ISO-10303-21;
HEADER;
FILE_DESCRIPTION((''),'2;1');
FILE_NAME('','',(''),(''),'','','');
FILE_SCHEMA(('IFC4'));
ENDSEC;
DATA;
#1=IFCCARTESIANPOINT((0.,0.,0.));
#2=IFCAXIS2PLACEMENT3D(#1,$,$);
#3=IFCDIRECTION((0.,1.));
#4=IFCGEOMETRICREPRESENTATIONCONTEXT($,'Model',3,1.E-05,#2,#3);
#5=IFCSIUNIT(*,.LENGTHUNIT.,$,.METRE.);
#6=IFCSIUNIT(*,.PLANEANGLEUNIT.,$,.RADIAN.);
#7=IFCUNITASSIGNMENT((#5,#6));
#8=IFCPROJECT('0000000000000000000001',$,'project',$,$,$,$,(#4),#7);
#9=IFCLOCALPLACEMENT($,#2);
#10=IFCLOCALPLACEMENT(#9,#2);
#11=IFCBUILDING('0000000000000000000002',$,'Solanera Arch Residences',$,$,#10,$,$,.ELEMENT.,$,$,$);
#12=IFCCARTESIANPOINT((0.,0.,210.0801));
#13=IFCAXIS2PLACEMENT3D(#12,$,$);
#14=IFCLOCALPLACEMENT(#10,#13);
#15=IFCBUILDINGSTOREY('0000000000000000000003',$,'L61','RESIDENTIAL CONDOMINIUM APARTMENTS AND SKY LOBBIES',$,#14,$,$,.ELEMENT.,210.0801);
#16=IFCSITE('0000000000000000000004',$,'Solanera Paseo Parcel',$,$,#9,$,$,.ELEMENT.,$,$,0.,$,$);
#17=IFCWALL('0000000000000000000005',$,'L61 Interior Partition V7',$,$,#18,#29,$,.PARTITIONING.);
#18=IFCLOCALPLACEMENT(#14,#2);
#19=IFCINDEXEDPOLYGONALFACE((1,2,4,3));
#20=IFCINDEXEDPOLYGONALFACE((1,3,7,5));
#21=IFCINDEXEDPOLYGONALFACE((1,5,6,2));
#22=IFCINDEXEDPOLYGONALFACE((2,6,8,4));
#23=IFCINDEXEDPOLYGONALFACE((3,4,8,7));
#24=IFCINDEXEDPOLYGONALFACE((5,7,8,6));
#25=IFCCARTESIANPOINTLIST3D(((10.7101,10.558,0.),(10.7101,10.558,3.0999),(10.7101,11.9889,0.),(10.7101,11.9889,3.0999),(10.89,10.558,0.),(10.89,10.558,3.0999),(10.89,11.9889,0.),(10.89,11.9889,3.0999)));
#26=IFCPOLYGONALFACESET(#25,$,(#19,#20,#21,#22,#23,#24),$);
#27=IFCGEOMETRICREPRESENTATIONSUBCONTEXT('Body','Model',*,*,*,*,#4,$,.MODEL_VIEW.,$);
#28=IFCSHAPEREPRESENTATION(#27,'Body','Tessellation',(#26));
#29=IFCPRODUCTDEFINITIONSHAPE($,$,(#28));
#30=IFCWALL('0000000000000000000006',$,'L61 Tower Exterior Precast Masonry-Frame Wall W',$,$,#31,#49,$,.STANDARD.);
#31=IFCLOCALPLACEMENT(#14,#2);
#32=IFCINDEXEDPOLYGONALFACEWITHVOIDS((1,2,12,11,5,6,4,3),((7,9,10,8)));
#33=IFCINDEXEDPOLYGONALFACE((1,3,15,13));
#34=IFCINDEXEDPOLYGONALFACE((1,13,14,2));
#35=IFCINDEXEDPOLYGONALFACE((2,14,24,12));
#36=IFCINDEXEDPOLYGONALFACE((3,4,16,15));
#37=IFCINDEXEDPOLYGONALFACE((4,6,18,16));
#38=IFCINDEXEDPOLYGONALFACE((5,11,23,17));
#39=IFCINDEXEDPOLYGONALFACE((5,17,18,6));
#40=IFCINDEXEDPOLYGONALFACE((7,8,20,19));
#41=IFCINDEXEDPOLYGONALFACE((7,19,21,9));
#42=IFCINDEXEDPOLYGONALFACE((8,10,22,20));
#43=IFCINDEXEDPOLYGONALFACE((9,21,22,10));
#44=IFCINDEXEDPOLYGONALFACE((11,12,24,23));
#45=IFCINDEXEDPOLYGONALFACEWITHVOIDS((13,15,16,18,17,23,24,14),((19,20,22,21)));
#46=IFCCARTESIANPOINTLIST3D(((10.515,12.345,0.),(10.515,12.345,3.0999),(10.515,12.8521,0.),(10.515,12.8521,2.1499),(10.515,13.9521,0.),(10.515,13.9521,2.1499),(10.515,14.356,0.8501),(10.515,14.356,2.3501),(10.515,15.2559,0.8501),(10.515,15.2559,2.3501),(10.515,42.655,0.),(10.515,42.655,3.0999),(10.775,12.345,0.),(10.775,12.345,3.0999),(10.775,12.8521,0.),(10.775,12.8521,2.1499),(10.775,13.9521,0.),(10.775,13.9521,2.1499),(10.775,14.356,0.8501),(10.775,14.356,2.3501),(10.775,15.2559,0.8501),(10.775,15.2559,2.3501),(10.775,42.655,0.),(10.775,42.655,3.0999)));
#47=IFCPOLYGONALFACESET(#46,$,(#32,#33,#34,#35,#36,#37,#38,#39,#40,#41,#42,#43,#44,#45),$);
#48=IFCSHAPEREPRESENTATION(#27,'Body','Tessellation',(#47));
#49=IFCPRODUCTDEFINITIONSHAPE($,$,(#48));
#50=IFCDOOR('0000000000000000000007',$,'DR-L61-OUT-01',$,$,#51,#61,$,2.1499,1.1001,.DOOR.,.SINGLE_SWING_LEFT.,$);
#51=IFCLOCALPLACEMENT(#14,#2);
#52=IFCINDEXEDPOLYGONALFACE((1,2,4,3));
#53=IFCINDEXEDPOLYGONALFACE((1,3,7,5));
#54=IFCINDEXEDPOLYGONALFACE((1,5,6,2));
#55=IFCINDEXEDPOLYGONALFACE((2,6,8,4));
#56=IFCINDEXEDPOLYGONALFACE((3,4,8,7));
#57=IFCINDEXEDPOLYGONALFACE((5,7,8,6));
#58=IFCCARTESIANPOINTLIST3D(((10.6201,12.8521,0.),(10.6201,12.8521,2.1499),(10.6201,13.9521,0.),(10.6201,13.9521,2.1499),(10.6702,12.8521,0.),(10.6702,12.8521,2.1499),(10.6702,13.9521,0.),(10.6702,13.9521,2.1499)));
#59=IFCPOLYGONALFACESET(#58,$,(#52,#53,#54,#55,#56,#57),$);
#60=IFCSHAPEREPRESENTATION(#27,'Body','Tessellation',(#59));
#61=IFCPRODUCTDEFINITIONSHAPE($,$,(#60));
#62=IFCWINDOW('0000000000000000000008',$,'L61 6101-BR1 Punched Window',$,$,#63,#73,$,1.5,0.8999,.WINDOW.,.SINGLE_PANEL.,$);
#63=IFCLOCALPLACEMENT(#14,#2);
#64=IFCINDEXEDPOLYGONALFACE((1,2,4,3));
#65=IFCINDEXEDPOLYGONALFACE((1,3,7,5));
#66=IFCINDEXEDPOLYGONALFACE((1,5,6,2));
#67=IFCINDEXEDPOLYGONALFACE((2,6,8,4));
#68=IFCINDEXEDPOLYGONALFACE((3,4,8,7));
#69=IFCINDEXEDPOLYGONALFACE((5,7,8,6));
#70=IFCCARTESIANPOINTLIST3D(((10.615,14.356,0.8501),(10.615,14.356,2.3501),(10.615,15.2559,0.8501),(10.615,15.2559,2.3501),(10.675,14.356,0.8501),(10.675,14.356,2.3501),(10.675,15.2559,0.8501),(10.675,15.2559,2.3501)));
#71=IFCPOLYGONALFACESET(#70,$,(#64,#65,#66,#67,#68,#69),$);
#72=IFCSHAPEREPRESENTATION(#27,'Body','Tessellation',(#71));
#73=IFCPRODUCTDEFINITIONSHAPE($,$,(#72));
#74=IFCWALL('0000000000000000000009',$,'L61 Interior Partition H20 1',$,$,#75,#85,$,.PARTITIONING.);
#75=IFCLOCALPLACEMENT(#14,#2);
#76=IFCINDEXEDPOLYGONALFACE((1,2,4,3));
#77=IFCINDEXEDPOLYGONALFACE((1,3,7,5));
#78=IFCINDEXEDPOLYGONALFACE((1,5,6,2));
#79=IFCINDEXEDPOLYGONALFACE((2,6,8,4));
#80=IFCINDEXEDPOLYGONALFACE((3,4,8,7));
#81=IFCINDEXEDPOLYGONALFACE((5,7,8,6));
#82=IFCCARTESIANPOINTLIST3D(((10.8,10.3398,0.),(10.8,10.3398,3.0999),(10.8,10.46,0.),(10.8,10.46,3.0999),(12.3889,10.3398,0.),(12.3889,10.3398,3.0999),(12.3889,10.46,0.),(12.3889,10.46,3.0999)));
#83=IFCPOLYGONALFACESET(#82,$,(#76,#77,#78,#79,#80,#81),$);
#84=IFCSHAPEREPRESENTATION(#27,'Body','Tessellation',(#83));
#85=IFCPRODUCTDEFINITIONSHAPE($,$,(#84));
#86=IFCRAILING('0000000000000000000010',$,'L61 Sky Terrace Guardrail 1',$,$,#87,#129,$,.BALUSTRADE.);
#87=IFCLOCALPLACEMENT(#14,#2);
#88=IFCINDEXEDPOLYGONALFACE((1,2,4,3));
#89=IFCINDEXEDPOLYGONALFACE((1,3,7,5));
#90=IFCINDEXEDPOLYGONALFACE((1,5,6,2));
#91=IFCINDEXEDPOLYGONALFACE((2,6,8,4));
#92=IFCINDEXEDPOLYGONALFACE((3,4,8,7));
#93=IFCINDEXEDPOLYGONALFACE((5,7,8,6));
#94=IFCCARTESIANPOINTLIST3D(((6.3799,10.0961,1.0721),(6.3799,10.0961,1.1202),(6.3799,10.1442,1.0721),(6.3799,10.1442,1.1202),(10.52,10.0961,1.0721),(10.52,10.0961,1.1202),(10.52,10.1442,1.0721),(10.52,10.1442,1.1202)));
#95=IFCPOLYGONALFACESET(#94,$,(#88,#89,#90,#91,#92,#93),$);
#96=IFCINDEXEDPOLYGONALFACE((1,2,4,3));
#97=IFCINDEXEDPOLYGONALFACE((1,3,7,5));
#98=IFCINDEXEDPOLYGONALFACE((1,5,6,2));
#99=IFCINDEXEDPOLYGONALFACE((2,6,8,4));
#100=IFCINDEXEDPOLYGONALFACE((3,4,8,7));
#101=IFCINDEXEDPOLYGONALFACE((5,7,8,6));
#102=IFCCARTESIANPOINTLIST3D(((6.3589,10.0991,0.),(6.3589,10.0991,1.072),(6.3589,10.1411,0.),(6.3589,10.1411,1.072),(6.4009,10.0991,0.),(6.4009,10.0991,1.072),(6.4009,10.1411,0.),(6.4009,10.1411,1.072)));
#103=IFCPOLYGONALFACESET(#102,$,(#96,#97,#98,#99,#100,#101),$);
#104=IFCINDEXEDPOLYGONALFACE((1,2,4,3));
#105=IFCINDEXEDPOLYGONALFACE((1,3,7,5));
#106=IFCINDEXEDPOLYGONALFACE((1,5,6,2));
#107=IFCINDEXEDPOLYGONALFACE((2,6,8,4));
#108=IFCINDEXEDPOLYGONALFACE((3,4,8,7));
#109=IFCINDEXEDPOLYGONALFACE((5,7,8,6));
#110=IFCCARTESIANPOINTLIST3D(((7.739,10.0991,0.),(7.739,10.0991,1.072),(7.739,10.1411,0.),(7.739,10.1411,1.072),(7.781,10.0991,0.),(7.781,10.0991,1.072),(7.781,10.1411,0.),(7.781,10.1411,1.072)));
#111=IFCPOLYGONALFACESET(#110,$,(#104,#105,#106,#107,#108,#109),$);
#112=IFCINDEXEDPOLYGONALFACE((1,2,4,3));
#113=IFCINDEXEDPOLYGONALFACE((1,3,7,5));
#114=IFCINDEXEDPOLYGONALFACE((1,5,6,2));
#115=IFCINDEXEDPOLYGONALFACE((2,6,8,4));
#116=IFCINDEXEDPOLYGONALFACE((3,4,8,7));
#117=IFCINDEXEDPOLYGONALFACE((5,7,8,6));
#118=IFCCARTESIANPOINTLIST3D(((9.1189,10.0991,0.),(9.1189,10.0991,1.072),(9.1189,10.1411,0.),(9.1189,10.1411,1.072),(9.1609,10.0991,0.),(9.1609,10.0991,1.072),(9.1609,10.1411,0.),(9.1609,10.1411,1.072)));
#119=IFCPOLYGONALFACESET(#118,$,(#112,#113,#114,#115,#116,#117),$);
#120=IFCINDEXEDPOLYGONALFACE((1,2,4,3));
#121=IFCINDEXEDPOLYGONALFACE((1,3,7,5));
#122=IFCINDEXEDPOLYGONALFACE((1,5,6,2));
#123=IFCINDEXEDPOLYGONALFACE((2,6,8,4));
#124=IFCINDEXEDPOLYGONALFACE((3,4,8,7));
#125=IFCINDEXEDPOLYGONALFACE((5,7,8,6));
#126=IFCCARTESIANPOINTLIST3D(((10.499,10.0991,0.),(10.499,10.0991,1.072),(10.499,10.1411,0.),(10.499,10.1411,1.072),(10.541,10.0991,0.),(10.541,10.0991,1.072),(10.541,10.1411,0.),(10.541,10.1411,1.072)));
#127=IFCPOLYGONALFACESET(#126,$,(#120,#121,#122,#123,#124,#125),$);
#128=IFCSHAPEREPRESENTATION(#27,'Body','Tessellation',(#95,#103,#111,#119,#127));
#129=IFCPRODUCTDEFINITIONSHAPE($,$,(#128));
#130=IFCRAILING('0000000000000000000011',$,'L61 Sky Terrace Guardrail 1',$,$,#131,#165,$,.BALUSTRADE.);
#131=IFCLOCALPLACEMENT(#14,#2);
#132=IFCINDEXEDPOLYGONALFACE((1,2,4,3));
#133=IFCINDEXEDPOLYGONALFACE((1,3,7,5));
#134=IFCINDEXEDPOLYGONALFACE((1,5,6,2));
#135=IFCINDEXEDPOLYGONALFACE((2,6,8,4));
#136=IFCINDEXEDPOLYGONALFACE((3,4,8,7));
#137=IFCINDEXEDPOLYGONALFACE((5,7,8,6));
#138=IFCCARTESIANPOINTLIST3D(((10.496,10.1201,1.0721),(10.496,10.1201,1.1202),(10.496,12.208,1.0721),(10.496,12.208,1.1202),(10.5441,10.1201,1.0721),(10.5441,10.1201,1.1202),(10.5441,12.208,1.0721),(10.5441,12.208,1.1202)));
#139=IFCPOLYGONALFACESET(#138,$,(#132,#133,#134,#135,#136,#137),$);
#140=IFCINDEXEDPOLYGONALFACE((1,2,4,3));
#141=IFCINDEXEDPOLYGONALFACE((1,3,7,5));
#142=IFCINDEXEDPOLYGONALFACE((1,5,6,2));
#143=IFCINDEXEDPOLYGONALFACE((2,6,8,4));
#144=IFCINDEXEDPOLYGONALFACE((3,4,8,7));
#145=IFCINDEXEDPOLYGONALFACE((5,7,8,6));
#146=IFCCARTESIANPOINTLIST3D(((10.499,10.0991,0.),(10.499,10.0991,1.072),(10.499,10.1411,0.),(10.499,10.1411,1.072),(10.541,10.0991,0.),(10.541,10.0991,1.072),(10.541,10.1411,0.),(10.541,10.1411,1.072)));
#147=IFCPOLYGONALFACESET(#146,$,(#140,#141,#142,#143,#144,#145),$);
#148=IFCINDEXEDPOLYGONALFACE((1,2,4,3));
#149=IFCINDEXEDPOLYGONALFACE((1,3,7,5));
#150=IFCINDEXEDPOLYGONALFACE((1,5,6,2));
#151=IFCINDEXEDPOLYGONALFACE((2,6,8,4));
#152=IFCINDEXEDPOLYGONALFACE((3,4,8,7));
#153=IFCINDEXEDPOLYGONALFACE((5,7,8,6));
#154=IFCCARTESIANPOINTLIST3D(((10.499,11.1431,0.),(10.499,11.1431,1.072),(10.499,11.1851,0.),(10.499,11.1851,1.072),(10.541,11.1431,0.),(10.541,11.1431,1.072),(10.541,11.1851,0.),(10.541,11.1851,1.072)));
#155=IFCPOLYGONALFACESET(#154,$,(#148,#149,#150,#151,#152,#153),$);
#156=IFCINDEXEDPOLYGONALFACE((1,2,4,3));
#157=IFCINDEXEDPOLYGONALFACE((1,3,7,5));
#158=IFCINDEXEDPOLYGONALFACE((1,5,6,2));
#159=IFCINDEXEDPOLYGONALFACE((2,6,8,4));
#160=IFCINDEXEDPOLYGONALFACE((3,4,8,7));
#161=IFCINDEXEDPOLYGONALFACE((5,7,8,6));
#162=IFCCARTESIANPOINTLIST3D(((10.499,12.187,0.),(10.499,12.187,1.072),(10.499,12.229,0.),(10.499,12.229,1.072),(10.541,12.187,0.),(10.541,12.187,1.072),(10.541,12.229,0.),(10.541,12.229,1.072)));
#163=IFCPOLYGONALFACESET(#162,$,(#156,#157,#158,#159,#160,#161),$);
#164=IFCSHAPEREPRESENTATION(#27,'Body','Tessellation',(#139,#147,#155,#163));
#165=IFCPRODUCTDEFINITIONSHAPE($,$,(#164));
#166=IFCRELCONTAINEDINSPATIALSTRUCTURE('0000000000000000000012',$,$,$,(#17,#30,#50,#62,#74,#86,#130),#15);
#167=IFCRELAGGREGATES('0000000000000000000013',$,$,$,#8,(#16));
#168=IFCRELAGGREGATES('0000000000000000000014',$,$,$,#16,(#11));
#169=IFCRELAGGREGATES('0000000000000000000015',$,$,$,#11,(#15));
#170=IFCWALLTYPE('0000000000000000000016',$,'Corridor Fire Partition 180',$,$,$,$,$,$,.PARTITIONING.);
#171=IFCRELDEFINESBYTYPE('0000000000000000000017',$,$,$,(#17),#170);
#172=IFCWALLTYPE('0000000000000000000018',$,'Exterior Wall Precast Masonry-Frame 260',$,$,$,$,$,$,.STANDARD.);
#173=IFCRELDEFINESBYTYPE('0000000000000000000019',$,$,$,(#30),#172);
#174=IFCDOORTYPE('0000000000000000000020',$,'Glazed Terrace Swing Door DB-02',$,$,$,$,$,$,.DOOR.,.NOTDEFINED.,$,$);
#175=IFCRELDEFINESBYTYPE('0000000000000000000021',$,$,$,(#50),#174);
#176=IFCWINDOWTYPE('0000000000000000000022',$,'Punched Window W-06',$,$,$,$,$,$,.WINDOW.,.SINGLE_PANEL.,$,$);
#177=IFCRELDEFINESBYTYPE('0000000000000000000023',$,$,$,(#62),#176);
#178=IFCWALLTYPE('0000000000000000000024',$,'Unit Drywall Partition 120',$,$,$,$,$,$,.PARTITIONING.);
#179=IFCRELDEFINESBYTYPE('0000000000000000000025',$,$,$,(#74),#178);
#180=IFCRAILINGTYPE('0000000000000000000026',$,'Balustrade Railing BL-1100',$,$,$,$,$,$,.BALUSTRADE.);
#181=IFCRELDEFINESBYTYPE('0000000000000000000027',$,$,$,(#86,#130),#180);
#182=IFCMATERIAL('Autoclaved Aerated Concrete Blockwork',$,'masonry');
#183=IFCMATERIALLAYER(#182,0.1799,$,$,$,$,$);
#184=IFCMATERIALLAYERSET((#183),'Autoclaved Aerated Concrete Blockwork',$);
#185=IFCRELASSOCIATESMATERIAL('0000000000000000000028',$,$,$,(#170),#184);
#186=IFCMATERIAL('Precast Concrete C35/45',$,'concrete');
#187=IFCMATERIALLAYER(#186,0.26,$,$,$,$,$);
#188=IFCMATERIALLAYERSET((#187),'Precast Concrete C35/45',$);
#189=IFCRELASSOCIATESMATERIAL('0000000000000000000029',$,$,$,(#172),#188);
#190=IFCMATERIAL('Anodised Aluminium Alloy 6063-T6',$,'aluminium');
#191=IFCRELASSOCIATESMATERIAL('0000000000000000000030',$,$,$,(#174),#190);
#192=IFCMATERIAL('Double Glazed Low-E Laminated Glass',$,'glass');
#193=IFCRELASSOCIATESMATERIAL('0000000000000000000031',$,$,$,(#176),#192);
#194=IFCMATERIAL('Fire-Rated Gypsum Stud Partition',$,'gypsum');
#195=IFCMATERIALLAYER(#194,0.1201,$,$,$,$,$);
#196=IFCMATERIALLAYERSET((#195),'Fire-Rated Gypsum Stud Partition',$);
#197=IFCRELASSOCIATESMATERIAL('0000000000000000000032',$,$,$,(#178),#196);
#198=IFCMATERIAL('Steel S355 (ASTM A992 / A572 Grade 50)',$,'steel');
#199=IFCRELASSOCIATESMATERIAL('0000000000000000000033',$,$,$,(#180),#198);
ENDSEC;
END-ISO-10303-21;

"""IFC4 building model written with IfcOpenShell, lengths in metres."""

from ifc_helpers import new_model, si_unit, direction, frame, frame_2d, origin, origin_2d, place, context, subcontext, project, spatial, rectangle, extrude, material, layer, layer_set, type_object, element, fill, save


model = new_model("IFC4")

# Units and contexts
model_context = context("Model", 3, precision=1e-05, world=origin(), true_north=direction((0.0, 1.0)))
body_context = subcontext(model_context, "Body", "Model", "MODEL_VIEW")
ifc_project = project(units=[si_unit("LENGTHUNIT", "METRE"), si_unit("PLANEANGLEUNIT", "RADIAN")], contexts=[model_context])

# Site, building, storey
site_placement = place(None, origin())
site = spatial("IfcSite", under=ifc_project, at=site_placement, Name="Solanera Paseo Parcel", CompositionType="ELEMENT", RefElevation=0.0)
building_placement = place(site_placement, origin())
building = spatial("IfcBuilding", under=site, at=building_placement, Name="Solanera Arch Residences", CompositionType="ELEMENT")
storey_placement = place(building_placement, frame((0.0, 0.0, 210.0801)))
storey = spatial("IfcBuildingStorey", under=building, at=storey_placement, Name="L61", Description="RESIDENTIAL CONDOMINIUM APARTMENTS AND SKY LOBBIES", CompositionType="ELEMENT", Elevation=210.0801)

# Wall
ifc_material_1 = material(Name="Autoclaved Aerated Concrete Blockwork", Category="masonry")
ifc_layer_1 = layer(ifc_material_1, 0.1799)
ifc_layer_set_1 = layer_set([ifc_layer_1], Name="Autoclaved Aerated Concrete Blockwork")
wall_type_1 = type_object("IfcWallType", Name="Corridor Fire Partition 180", PredefinedType="PARTITIONING", material=ifc_layer_set_1)
wall_1_placement = place(storey_placement, frame((10.8, 10.5581, 0.0), z_axis=(0.0, 0.0, 1.0), x_axis=(0.0, 1.0, 0.0)))
element("IfcWall", 1, at=wall_1_placement, inside=storey, type_object=wall_type_1, Name="L61 Interior Partition V7", PredefinedType="PARTITIONING", context=body_context, shape_type="SweptSolid", body=[
    extrude(rectangle(XDim=1.4309, YDim=0.1799, at=frame_2d((0.7153, 0.0))), origin(), (0.0, 0.0, 1.0), 3.0999),
])

# Wall, openings, door, window
ifc_material_2 = material(Name="Precast Concrete C35/45", Category="concrete")
ifc_layer_2 = layer(ifc_material_2, 0.26)
ifc_layer_set_2 = layer_set([ifc_layer_2], Name="Precast Concrete C35/45")
wall_type_2 = type_object("IfcWallType", Name="Exterior Wall Precast Masonry-Frame 260", PredefinedType="STANDARD", material=ifc_layer_set_2)
wall_2_placement = place(storey_placement, frame((10.645, 12.345, 0.0), z_axis=(0.0, 0.0, 1.0), x_axis=(0.0, 1.0, 0.0)))
wall_2 = element("IfcWall", 2, at=wall_2_placement, inside=storey, type_object=wall_type_2, Name="L61 Tower Exterior Precast Masonry-Frame Wall W", PredefinedType="STANDARD", context=body_context, shape_type="SweptSolid", body=[
    extrude(rectangle(XDim=30.3101, YDim=0.26, at=frame_2d((15.155, 0.0))), origin(), (0.0, 0.0, 1.0), 3.0999),
])
opening_1_placement = place(wall_2_placement, frame((0.5071, 0.0, 0.0)))
opening_1 = element("IfcOpeningElement", 3, at=opening_1_placement, cuts=wall_2, PredefinedType="OPENING", context=body_context, shape_type="SweptSolid", body=[
    extrude(rectangle(XDim=1.1001, YDim=2.1499, at=frame_2d((0.55, 1.075))), frame((0.0, 0.1399, 0.0), z_axis=(0.0, -1.0, 0.0), x_axis=(1.0, 0.0, 0.0)), (0.0, 0.0, 1.0), 0.28),
])
opening_2_placement = place(wall_2_placement, frame((2.011, 0.0, 0.8501)))
opening_2 = element("IfcOpeningElement", 4, at=opening_2_placement, cuts=wall_2, PredefinedType="OPENING", context=body_context, shape_type="SweptSolid", body=[
    extrude(rectangle(XDim=0.8999, YDim=1.5, at=frame_2d((0.45, 0.75))), frame((0.0, 0.1399, 0.0), z_axis=(0.0, -1.0, 0.0), x_axis=(1.0, 0.0, 0.0)), (0.0, 0.0, 1.0), 0.28),
])
ifc_material_3 = material(Name="Anodised Aluminium Alloy 6063-T6", Category="aluminium")
door_type = type_object("IfcDoorType", Name="Glazed Terrace Swing Door DB-02", OperationType="NOTDEFINED", PredefinedType="DOOR", material=ifc_material_3)
door_placement = place(opening_1_placement, origin())
door = element("IfcDoor", 5, at=door_placement, inside=storey, type_object=door_type, Name="DR-L61-OUT-01", OperationType="SINGLE_SWING_LEFT", OverallHeight=2.1499, OverallWidth=1.1001, PredefinedType="DOOR", context=body_context, shape_type="SweptSolid", body=[
    extrude(rectangle(XDim=1.1001, YDim=2.1499, at=frame_2d((0.55, 1.075))), frame((0.0, 0.0249, 0.0), z_axis=(0.0, -1.0, 0.0), x_axis=(1.0, 0.0, 0.0)), (0.0, 0.0, 1.0), 0.05),
])
fill(opening_1, door)
ifc_material_4 = material(Name="Double Glazed Low-E Laminated Glass", Category="glass")
window_type = type_object("IfcWindowType", Name="Punched Window W-06", PartitioningType="SINGLE_PANEL", PredefinedType="WINDOW", material=ifc_material_4)
window_placement = place(opening_2_placement, origin())
window = element("IfcWindow", 6, at=window_placement, inside=storey, type_object=window_type, Name="L61 6101-BR1 Punched Window", OverallHeight=1.5, OverallWidth=0.8999, PartitioningType="SINGLE_PANEL", PredefinedType="WINDOW", context=body_context, shape_type="SweptSolid", body=[
    extrude(rectangle(XDim=0.8999, YDim=1.5, at=frame_2d((0.45, 0.75))), frame((0.0, 0.03, 0.0), z_axis=(0.0, -1.0, 0.0), x_axis=(1.0, 0.0, 0.0)), (0.0, 0.0, 1.0), 0.0601),
])
fill(opening_2, window)

# Wall
ifc_material_5 = material(Name="Fire-Rated Gypsum Stud Partition", Category="gypsum")
ifc_layer_3 = layer(ifc_material_5, 0.1201)
ifc_layer_set_3 = layer_set([ifc_layer_3], Name="Fire-Rated Gypsum Stud Partition")
wall_type_3 = type_object("IfcWallType", Name="Unit Drywall Partition 120", PredefinedType="PARTITIONING", material=ifc_layer_set_3)
wall_3_placement = place(storey_placement, frame((10.8, 10.3999, 0.0), z_axis=(0.0, 0.0, 1.0), x_axis=(1.0, 0.0, 0.0)))
element("IfcWall", 7, at=wall_3_placement, inside=storey, type_object=wall_type_3, Name="L61 Interior Partition H20 1", PredefinedType="PARTITIONING", context=body_context, shape_type="SweptSolid", body=[
    extrude(rectangle(XDim=1.5889, YDim=0.1201, at=frame_2d((0.7944, 0.0))), origin(), (0.0, 0.0, 1.0), 3.0999),
])

# Railings
ifc_material_6 = material(Name="Steel S355 (ASTM A992 / A572 Grade 50)", Category="steel")
railing_type = type_object("IfcRailingType", Name="Balustrade Railing BL-1100", PredefinedType="BALUSTRADE", material=ifc_material_6)
railing_1_placement = place(storey_placement, frame((6.3799, 10.1201, 0.0)))
element("IfcRailing", 8, at=railing_1_placement, inside=storey, type_object=railing_type, Name="L61 Sky Terrace Guardrail 1", PredefinedType="BALUSTRADE", context=body_context, shape_type="SweptSolid", body=[
    extrude(rectangle(XDim=0.0481, YDim=0.0481, at=origin_2d()), frame((0.0, 0.0, 1.0962), z_axis=(1.0, 0.0, 0.0), x_axis=(0.0, 1.0, 0.0)), (0.0, 0.0, 1.0), 4.1401),
    extrude(rectangle(XDim=0.042, YDim=0.042, at=origin_2d()), origin(), (0.0, 0.0, 1.0), 1.072),
    extrude(rectangle(XDim=0.042, YDim=0.042, at=origin_2d()), frame((1.3801, 0.0, 0.0)), (0.0, 0.0, 1.0), 1.072),
    extrude(rectangle(XDim=0.042, YDim=0.042, at=origin_2d()), frame((2.76, 0.0, 0.0)), (0.0, 0.0, 1.0), 1.072),
    extrude(rectangle(XDim=0.042, YDim=0.042, at=origin_2d()), frame((4.1401, 0.0, 0.0)), (0.0, 0.0, 1.0), 1.072),
])
railing_2_placement = place(storey_placement, frame((10.52, 10.1201, 0.0)))
element("IfcRailing", 9, at=railing_2_placement, inside=storey, type_object=railing_type, Name="L61 Sky Terrace Guardrail 1", PredefinedType="BALUSTRADE", context=body_context, shape_type="SweptSolid", body=[
    extrude(rectangle(XDim=0.0481, YDim=0.0481, at=origin_2d()), frame((0.0, 0.0, 1.0962), z_axis=(0.0, 1.0, 0.0), x_axis=(-1.0, 0.0, 0.0)), (0.0, 0.0, 1.0), 2.0879),
    extrude(rectangle(XDim=0.042, YDim=0.042, at=origin_2d()), origin(), (0.0, 0.0, 1.0), 1.072),
    extrude(rectangle(XDim=0.042, YDim=0.042, at=origin_2d()), frame((0.0, 1.0439, 0.0)), (0.0, 0.0, 1.0), 1.072),
    extrude(rectangle(XDim=0.042, YDim=0.042, at=origin_2d()), frame((0.0, 2.0879, 0.0)), (0.0, 0.0, 1.0), 1.072),
])

save(model, "model.ifc")
